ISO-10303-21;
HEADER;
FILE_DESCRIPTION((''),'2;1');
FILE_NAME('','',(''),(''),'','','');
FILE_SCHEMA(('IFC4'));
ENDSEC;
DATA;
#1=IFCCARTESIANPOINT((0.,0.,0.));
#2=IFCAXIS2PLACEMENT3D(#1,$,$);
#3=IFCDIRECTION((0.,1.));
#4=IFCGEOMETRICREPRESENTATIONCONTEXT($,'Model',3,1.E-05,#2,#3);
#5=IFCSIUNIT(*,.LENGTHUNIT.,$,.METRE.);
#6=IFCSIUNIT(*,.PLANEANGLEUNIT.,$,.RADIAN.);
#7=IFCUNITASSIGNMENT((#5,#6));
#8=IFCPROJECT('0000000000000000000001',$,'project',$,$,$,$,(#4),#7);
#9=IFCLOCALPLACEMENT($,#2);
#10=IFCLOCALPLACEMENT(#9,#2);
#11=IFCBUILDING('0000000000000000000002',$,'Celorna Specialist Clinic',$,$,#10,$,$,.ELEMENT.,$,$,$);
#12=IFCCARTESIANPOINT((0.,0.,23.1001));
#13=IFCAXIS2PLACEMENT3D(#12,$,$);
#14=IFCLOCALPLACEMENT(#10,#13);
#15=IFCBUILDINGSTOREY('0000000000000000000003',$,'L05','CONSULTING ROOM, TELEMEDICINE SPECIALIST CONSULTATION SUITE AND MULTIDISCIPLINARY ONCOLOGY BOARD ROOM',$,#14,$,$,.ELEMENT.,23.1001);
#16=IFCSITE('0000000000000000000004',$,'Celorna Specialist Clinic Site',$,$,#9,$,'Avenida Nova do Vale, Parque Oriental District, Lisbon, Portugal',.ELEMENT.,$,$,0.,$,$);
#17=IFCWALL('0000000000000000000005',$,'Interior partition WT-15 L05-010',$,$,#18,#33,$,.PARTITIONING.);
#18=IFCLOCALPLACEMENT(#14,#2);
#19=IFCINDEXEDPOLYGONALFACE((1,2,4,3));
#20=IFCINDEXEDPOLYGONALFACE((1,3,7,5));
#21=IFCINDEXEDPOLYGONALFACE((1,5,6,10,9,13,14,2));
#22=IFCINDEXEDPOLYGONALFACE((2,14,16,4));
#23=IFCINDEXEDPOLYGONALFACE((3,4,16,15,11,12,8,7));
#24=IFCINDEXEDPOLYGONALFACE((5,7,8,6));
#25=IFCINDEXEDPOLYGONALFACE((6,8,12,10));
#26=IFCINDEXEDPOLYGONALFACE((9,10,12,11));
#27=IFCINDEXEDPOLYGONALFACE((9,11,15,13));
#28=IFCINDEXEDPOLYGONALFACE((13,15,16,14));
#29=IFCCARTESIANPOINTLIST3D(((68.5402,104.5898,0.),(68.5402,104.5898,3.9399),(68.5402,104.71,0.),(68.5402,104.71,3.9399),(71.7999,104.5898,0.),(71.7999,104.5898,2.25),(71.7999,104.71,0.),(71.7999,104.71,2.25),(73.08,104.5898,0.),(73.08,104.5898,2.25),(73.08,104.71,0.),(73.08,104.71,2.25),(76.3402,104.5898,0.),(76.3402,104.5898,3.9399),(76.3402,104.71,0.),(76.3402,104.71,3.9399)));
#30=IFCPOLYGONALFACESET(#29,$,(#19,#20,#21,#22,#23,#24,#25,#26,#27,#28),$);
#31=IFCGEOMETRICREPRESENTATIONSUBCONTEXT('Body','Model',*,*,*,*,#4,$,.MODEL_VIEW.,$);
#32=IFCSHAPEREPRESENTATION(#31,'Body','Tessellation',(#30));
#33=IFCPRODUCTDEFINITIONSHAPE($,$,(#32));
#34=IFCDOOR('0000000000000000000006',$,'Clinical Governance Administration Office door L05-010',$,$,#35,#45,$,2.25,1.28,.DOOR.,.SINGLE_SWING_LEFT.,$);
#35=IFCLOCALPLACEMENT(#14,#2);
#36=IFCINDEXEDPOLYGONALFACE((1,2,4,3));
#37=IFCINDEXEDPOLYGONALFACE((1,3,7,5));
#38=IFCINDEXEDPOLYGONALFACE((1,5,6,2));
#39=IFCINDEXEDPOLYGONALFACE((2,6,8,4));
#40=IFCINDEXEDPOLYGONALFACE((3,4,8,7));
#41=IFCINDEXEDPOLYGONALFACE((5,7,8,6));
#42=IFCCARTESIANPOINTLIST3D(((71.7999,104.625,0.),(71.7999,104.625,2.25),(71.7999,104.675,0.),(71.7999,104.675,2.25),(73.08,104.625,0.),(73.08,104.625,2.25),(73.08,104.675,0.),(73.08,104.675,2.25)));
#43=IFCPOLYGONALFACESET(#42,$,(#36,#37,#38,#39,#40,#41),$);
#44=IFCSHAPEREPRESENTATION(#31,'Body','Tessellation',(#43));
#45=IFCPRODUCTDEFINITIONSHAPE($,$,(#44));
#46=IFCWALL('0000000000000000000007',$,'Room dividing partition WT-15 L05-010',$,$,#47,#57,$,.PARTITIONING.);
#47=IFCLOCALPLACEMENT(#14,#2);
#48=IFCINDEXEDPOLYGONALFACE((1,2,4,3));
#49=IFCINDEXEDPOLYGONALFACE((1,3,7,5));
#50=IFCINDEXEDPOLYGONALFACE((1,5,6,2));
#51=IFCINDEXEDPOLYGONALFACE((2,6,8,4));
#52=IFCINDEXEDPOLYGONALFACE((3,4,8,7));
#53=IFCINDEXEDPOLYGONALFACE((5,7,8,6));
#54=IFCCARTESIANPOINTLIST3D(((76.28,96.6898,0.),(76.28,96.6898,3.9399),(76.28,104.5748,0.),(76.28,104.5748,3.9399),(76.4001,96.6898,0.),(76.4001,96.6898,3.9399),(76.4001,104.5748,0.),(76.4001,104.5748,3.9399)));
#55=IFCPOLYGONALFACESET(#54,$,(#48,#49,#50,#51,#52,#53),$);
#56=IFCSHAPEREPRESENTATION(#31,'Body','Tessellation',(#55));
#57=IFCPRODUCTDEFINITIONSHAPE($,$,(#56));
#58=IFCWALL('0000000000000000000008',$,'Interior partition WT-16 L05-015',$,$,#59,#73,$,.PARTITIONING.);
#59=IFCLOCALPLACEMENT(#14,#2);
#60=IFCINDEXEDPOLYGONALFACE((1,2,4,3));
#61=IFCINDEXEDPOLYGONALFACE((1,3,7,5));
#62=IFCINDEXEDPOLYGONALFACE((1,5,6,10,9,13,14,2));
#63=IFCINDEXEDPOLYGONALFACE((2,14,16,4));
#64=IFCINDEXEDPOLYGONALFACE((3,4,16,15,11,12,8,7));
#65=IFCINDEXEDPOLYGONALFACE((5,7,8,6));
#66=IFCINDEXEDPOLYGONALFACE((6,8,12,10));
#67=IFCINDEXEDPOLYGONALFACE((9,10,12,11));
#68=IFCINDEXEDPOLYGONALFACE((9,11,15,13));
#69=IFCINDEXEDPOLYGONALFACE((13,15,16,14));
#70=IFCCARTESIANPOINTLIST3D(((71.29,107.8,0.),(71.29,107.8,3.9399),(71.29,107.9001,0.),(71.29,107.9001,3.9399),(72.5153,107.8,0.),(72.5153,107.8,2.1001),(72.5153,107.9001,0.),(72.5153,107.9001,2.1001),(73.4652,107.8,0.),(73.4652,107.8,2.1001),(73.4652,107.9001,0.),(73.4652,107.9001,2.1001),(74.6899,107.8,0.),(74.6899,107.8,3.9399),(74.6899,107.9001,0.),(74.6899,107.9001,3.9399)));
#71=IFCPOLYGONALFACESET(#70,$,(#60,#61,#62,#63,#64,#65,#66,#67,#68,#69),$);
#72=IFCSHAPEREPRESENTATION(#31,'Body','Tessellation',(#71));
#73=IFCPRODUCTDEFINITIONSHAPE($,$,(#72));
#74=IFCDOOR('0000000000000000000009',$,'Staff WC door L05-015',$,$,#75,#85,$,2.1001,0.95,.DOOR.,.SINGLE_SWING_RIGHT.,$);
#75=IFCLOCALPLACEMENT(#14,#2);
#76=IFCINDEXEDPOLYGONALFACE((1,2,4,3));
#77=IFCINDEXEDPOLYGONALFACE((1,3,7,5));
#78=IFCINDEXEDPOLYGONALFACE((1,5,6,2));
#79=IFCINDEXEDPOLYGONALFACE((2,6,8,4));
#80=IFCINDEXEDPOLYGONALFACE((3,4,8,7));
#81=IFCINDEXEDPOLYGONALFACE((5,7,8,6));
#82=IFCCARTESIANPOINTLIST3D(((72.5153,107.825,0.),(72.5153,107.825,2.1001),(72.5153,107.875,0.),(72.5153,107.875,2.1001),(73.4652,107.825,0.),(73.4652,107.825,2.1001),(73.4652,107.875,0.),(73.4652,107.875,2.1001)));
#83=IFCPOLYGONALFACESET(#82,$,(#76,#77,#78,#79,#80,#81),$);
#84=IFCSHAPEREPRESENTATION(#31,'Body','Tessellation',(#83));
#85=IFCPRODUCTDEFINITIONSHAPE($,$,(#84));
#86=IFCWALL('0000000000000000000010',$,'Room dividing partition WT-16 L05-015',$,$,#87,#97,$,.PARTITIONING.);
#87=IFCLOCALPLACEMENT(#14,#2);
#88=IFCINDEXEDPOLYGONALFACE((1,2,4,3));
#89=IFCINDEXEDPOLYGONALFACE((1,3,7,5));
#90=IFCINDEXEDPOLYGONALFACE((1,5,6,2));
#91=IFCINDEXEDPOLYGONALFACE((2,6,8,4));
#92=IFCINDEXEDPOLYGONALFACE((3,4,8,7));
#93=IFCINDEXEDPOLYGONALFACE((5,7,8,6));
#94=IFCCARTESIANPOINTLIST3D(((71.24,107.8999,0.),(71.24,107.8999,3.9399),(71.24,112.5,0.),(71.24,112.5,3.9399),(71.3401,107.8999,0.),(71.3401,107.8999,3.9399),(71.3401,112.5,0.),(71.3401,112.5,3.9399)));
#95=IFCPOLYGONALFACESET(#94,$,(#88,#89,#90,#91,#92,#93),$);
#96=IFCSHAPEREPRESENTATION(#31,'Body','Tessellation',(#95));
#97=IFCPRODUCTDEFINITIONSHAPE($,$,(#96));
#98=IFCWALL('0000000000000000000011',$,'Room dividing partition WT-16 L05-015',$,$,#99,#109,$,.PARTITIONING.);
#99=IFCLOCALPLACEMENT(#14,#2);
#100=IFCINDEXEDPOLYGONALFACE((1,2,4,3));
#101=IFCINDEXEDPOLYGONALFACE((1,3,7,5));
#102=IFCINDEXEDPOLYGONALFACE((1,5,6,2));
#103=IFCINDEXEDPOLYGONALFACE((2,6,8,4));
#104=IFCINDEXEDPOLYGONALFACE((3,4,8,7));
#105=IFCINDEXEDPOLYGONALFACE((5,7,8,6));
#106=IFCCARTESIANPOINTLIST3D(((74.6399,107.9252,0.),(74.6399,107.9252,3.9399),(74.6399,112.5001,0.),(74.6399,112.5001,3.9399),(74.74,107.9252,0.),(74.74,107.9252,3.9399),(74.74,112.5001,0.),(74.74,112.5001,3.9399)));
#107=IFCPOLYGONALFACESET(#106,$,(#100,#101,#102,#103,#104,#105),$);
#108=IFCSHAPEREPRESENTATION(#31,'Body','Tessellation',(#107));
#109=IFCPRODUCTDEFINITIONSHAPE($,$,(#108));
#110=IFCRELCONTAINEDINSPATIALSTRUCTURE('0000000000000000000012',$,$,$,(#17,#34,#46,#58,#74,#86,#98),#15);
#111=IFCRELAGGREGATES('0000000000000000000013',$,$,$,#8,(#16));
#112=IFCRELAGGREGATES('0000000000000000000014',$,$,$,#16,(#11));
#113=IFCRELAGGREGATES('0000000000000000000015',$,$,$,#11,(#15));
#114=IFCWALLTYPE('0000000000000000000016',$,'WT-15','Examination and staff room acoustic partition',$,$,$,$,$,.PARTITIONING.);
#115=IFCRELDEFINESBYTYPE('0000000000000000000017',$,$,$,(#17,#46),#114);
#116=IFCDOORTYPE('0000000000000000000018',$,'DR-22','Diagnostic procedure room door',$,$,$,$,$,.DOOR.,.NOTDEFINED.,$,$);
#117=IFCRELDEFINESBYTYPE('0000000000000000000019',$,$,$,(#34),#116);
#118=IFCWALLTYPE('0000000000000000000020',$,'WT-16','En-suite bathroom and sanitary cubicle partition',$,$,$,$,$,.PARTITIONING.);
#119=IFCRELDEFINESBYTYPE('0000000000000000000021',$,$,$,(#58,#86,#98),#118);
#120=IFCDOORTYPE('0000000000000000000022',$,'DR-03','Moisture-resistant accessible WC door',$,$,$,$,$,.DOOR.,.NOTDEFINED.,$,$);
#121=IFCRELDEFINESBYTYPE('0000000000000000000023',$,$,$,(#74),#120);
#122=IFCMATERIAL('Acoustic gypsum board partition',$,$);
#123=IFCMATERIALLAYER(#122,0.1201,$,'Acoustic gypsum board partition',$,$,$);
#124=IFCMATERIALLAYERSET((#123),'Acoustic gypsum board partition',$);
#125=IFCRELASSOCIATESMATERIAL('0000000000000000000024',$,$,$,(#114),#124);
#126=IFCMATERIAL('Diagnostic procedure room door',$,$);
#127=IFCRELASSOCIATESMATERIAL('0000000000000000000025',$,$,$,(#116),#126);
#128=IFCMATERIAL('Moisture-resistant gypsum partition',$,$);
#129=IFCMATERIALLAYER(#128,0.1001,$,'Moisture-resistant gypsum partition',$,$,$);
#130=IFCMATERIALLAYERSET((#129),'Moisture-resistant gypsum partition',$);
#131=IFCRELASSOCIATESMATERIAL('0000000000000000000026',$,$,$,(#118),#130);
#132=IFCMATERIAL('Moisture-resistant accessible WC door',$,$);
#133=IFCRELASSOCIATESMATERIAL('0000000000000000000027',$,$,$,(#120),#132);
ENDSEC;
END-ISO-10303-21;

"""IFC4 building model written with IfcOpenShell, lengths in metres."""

from ifc_helpers import new_model, si_unit, direction, frame, frame_2d, origin, place, context, subcontext, project, spatial, rectangle, extrude, material, layer, layer_set, type_object, element, fill, save


model = new_model("IFC4")

# Units and contexts
model_context = context("Model", 3, precision=1e-05, world=origin(), true_north=direction((0.0, 1.0)))
body_context = subcontext(model_context, "Body", "Model", "MODEL_VIEW")
ifc_project = project(units=[si_unit("LENGTHUNIT", "METRE"), si_unit("PLANEANGLEUNIT", "RADIAN")], contexts=[model_context])

# Site, building, storey
site_placement = place(None, origin())
site = spatial("IfcSite", under=ifc_project, at=site_placement, Name="Celorna Specialist Clinic Site", LongName="Avenida Nova do Vale, Parque Oriental District, Lisbon, Portugal", CompositionType="ELEMENT", RefElevation=0.0)
building_placement = place(site_placement, origin())
building = spatial("IfcBuilding", under=site, at=building_placement, Name="Celorna Specialist Clinic", CompositionType="ELEMENT")
storey_placement = place(building_placement, frame((0.0, 0.0, 23.1001)))
storey = spatial("IfcBuildingStorey", under=building, at=storey_placement, Name="L05", Description="CONSULTING ROOM, TELEMEDICINE SPECIALIST CONSULTATION SUITE AND MULTIDISCIPLINARY ONCOLOGY BOARD ROOM", CompositionType="ELEMENT", Elevation=23.1001)

# Wall, opening, door
ifc_material_1 = material(Name="Acoustic gypsum board partition")
ifc_layer_1 = layer(ifc_material_1, 0.1201, Name="Acoustic gypsum board partition")
ifc_layer_set_1 = layer_set([ifc_layer_1], Name="Acoustic gypsum board partition")
wall_type_1 = type_object("IfcWallType", Name="WT-15", Description="Examination and staff room acoustic partition", PredefinedType="PARTITIONING", material=ifc_layer_set_1)
wall_1_placement = place(storey_placement, frame((76.3401, 104.6499, 0.0), z_axis=(0.0, 0.0, 1.0), x_axis=(-1.0, 0.0, 0.0)))
wall_1 = element("IfcWall", 1, at=wall_1_placement, inside=storey, type_object=wall_type_1, Name="Interior partition WT-15 L05-010", PredefinedType="PARTITIONING", context=body_context, shape_type="SweptSolid", body=[
    extrude(rectangle(XDim=7.8, YDim=0.1201, at=frame_2d((3.8999, 0.0))), origin(), (0.0, 0.0, 1.0), 3.9399),
])
opening_1_placement = place(wall_1_placement, frame((3.26, 0.0, 0.0)))
opening_1 = element("IfcOpeningElement", 2, at=opening_1_placement, cuts=wall_1, PredefinedType="OPENING", context=body_context, shape_type="SweptSolid", body=[
    extrude(rectangle(XDim=1.28, YDim=2.25, at=frame_2d((0.6401, 1.125))), frame((0.0, 0.0701, 0.0), z_axis=(0.0, -1.0, 0.0), x_axis=(1.0, 0.0, 0.0)), (0.0, 0.0, 1.0), 0.1401),
])
ifc_material_2 = material(Name="Diagnostic procedure room door")
door_type_1 = type_object("IfcDoorType", Name="DR-22", Description="Diagnostic procedure room door", OperationType="NOTDEFINED", PredefinedType="DOOR", material=ifc_material_2)
door_1_placement = place(opening_1_placement, origin())
door_1 = element("IfcDoor", 3, at=door_1_placement, inside=storey, type_object=door_type_1, Name="Clinical Governance Administration Office door L05-010", OperationType="SINGLE_SWING_LEFT", OverallHeight=2.25, OverallWidth=1.28, PredefinedType="DOOR", context=body_context, shape_type="SweptSolid", body=[
    extrude(rectangle(XDim=1.28, YDim=2.25, at=frame_2d((0.6401, 1.125))), frame((0.0, 0.0249, 0.0), z_axis=(0.0, -1.0, 0.0), x_axis=(1.0, 0.0, 0.0)), (0.0, 0.0, 1.0), 0.05),
])
fill(opening_1, door_1)

# Wall
wall_2_placement = place(storey_placement, frame((76.3401, 96.6899, 0.0), z_axis=(0.0, 0.0, 1.0), x_axis=(0.0, 1.0, 0.0)))
element("IfcWall", 4, at=wall_2_placement, inside=storey, type_object=wall_type_1, Name="Room dividing partition WT-15 L05-010", PredefinedType="PARTITIONING", context=body_context, shape_type="SweptSolid", body=[
    extrude(rectangle(XDim=7.885, YDim=0.1201, at=frame_2d((3.9424, 0.0))), origin(), (0.0, 0.0, 1.0), 3.9399),
])

# Wall, opening, door
ifc_material_3 = material(Name="Moisture-resistant gypsum partition")
ifc_layer_2 = layer(ifc_material_3, 0.1001, Name="Moisture-resistant gypsum partition")
ifc_layer_set_2 = layer_set([ifc_layer_2], Name="Moisture-resistant gypsum partition")
wall_type_2 = type_object("IfcWallType", Name="WT-16", Description="En-suite bathroom and sanitary cubicle partition", PredefinedType="PARTITIONING", material=ifc_layer_set_2)
wall_3_placement = place(storey_placement, frame((71.29, 107.8501, 0.0), z_axis=(0.0, 0.0, 1.0), x_axis=(1.0, 0.0, 0.0)))
wall_3 = element("IfcWall", 5, at=wall_3_placement, inside=storey, type_object=wall_type_2, Name="Interior partition WT-16 L05-015", PredefinedType="PARTITIONING", context=body_context, shape_type="SweptSolid", body=[
    extrude(rectangle(XDim=3.3999, YDim=0.1001, at=frame_2d((1.7, 0.0))), origin(), (0.0, 0.0, 1.0), 3.9399),
])
opening_2_placement = place(wall_3_placement, frame((1.2251, 0.0, 0.0)))
opening_2 = element("IfcOpeningElement", 6, at=opening_2_placement, cuts=wall_3, PredefinedType="OPENING", context=body_context, shape_type="SweptSolid", body=[
    extrude(rectangle(XDim=0.95, YDim=2.1001, at=frame_2d((0.4751, 1.05))), frame((0.0, 0.0601, 0.0), z_axis=(0.0, -1.0, 0.0), x_axis=(1.0, 0.0, 0.0)), (0.0, 0.0, 1.0), 0.1201),
])
ifc_material_4 = material(Name="Moisture-resistant accessible WC door")
door_type_2 = type_object("IfcDoorType", Name="DR-03", Description="Moisture-resistant accessible WC door", OperationType="NOTDEFINED", PredefinedType="DOOR", material=ifc_material_4)
door_2_placement = place(opening_2_placement, origin())
door_2 = element("IfcDoor", 7, at=door_2_placement, inside=storey, type_object=door_type_2, Name="Staff WC door L05-015", OperationType="SINGLE_SWING_RIGHT", OverallHeight=2.1001, OverallWidth=0.95, PredefinedType="DOOR", context=body_context, shape_type="SweptSolid", body=[
    extrude(rectangle(XDim=0.95, YDim=2.1001, at=frame_2d((0.4751, 1.05))), frame((0.0, 0.0249, 0.0), z_axis=(0.0, -1.0, 0.0), x_axis=(1.0, 0.0, 0.0)), (0.0, 0.0, 1.0), 0.05),
])
fill(opening_2, door_2)

# Walls
wall_4_placement = place(storey_placement, frame((71.29, 107.8999, 0.0), z_axis=(0.0, 0.0, 1.0), x_axis=(0.0, 1.0, 0.0)))
element("IfcWall", 8, at=wall_4_placement, inside=storey, type_object=wall_type_2, Name="Room dividing partition WT-16 L05-015", PredefinedType="PARTITIONING", context=body_context, shape_type="SweptSolid", body=[
    extrude(rectangle(XDim=4.6001, YDim=0.1001, at=frame_2d((2.3, 0.0))), origin(), (0.0, 0.0, 1.0), 3.9399),
])
wall_5_placement = place(storey_placement, frame((74.6899, 107.925, 0.0), z_axis=(0.0, 0.0, 1.0), x_axis=(0.0, 1.0, 0.0)))
element("IfcWall", 9, at=wall_5_placement, inside=storey, type_object=wall_type_2, Name="Room dividing partition WT-16 L05-015", PredefinedType="PARTITIONING", context=body_context, shape_type="SweptSolid", body=[
    extrude(rectangle(XDim=4.575, YDim=0.1001, at=frame_2d((2.2876, 0.0))), origin(), (0.0, 0.0, 1.0), 3.9399),
])

save(model, "model.ifc")
